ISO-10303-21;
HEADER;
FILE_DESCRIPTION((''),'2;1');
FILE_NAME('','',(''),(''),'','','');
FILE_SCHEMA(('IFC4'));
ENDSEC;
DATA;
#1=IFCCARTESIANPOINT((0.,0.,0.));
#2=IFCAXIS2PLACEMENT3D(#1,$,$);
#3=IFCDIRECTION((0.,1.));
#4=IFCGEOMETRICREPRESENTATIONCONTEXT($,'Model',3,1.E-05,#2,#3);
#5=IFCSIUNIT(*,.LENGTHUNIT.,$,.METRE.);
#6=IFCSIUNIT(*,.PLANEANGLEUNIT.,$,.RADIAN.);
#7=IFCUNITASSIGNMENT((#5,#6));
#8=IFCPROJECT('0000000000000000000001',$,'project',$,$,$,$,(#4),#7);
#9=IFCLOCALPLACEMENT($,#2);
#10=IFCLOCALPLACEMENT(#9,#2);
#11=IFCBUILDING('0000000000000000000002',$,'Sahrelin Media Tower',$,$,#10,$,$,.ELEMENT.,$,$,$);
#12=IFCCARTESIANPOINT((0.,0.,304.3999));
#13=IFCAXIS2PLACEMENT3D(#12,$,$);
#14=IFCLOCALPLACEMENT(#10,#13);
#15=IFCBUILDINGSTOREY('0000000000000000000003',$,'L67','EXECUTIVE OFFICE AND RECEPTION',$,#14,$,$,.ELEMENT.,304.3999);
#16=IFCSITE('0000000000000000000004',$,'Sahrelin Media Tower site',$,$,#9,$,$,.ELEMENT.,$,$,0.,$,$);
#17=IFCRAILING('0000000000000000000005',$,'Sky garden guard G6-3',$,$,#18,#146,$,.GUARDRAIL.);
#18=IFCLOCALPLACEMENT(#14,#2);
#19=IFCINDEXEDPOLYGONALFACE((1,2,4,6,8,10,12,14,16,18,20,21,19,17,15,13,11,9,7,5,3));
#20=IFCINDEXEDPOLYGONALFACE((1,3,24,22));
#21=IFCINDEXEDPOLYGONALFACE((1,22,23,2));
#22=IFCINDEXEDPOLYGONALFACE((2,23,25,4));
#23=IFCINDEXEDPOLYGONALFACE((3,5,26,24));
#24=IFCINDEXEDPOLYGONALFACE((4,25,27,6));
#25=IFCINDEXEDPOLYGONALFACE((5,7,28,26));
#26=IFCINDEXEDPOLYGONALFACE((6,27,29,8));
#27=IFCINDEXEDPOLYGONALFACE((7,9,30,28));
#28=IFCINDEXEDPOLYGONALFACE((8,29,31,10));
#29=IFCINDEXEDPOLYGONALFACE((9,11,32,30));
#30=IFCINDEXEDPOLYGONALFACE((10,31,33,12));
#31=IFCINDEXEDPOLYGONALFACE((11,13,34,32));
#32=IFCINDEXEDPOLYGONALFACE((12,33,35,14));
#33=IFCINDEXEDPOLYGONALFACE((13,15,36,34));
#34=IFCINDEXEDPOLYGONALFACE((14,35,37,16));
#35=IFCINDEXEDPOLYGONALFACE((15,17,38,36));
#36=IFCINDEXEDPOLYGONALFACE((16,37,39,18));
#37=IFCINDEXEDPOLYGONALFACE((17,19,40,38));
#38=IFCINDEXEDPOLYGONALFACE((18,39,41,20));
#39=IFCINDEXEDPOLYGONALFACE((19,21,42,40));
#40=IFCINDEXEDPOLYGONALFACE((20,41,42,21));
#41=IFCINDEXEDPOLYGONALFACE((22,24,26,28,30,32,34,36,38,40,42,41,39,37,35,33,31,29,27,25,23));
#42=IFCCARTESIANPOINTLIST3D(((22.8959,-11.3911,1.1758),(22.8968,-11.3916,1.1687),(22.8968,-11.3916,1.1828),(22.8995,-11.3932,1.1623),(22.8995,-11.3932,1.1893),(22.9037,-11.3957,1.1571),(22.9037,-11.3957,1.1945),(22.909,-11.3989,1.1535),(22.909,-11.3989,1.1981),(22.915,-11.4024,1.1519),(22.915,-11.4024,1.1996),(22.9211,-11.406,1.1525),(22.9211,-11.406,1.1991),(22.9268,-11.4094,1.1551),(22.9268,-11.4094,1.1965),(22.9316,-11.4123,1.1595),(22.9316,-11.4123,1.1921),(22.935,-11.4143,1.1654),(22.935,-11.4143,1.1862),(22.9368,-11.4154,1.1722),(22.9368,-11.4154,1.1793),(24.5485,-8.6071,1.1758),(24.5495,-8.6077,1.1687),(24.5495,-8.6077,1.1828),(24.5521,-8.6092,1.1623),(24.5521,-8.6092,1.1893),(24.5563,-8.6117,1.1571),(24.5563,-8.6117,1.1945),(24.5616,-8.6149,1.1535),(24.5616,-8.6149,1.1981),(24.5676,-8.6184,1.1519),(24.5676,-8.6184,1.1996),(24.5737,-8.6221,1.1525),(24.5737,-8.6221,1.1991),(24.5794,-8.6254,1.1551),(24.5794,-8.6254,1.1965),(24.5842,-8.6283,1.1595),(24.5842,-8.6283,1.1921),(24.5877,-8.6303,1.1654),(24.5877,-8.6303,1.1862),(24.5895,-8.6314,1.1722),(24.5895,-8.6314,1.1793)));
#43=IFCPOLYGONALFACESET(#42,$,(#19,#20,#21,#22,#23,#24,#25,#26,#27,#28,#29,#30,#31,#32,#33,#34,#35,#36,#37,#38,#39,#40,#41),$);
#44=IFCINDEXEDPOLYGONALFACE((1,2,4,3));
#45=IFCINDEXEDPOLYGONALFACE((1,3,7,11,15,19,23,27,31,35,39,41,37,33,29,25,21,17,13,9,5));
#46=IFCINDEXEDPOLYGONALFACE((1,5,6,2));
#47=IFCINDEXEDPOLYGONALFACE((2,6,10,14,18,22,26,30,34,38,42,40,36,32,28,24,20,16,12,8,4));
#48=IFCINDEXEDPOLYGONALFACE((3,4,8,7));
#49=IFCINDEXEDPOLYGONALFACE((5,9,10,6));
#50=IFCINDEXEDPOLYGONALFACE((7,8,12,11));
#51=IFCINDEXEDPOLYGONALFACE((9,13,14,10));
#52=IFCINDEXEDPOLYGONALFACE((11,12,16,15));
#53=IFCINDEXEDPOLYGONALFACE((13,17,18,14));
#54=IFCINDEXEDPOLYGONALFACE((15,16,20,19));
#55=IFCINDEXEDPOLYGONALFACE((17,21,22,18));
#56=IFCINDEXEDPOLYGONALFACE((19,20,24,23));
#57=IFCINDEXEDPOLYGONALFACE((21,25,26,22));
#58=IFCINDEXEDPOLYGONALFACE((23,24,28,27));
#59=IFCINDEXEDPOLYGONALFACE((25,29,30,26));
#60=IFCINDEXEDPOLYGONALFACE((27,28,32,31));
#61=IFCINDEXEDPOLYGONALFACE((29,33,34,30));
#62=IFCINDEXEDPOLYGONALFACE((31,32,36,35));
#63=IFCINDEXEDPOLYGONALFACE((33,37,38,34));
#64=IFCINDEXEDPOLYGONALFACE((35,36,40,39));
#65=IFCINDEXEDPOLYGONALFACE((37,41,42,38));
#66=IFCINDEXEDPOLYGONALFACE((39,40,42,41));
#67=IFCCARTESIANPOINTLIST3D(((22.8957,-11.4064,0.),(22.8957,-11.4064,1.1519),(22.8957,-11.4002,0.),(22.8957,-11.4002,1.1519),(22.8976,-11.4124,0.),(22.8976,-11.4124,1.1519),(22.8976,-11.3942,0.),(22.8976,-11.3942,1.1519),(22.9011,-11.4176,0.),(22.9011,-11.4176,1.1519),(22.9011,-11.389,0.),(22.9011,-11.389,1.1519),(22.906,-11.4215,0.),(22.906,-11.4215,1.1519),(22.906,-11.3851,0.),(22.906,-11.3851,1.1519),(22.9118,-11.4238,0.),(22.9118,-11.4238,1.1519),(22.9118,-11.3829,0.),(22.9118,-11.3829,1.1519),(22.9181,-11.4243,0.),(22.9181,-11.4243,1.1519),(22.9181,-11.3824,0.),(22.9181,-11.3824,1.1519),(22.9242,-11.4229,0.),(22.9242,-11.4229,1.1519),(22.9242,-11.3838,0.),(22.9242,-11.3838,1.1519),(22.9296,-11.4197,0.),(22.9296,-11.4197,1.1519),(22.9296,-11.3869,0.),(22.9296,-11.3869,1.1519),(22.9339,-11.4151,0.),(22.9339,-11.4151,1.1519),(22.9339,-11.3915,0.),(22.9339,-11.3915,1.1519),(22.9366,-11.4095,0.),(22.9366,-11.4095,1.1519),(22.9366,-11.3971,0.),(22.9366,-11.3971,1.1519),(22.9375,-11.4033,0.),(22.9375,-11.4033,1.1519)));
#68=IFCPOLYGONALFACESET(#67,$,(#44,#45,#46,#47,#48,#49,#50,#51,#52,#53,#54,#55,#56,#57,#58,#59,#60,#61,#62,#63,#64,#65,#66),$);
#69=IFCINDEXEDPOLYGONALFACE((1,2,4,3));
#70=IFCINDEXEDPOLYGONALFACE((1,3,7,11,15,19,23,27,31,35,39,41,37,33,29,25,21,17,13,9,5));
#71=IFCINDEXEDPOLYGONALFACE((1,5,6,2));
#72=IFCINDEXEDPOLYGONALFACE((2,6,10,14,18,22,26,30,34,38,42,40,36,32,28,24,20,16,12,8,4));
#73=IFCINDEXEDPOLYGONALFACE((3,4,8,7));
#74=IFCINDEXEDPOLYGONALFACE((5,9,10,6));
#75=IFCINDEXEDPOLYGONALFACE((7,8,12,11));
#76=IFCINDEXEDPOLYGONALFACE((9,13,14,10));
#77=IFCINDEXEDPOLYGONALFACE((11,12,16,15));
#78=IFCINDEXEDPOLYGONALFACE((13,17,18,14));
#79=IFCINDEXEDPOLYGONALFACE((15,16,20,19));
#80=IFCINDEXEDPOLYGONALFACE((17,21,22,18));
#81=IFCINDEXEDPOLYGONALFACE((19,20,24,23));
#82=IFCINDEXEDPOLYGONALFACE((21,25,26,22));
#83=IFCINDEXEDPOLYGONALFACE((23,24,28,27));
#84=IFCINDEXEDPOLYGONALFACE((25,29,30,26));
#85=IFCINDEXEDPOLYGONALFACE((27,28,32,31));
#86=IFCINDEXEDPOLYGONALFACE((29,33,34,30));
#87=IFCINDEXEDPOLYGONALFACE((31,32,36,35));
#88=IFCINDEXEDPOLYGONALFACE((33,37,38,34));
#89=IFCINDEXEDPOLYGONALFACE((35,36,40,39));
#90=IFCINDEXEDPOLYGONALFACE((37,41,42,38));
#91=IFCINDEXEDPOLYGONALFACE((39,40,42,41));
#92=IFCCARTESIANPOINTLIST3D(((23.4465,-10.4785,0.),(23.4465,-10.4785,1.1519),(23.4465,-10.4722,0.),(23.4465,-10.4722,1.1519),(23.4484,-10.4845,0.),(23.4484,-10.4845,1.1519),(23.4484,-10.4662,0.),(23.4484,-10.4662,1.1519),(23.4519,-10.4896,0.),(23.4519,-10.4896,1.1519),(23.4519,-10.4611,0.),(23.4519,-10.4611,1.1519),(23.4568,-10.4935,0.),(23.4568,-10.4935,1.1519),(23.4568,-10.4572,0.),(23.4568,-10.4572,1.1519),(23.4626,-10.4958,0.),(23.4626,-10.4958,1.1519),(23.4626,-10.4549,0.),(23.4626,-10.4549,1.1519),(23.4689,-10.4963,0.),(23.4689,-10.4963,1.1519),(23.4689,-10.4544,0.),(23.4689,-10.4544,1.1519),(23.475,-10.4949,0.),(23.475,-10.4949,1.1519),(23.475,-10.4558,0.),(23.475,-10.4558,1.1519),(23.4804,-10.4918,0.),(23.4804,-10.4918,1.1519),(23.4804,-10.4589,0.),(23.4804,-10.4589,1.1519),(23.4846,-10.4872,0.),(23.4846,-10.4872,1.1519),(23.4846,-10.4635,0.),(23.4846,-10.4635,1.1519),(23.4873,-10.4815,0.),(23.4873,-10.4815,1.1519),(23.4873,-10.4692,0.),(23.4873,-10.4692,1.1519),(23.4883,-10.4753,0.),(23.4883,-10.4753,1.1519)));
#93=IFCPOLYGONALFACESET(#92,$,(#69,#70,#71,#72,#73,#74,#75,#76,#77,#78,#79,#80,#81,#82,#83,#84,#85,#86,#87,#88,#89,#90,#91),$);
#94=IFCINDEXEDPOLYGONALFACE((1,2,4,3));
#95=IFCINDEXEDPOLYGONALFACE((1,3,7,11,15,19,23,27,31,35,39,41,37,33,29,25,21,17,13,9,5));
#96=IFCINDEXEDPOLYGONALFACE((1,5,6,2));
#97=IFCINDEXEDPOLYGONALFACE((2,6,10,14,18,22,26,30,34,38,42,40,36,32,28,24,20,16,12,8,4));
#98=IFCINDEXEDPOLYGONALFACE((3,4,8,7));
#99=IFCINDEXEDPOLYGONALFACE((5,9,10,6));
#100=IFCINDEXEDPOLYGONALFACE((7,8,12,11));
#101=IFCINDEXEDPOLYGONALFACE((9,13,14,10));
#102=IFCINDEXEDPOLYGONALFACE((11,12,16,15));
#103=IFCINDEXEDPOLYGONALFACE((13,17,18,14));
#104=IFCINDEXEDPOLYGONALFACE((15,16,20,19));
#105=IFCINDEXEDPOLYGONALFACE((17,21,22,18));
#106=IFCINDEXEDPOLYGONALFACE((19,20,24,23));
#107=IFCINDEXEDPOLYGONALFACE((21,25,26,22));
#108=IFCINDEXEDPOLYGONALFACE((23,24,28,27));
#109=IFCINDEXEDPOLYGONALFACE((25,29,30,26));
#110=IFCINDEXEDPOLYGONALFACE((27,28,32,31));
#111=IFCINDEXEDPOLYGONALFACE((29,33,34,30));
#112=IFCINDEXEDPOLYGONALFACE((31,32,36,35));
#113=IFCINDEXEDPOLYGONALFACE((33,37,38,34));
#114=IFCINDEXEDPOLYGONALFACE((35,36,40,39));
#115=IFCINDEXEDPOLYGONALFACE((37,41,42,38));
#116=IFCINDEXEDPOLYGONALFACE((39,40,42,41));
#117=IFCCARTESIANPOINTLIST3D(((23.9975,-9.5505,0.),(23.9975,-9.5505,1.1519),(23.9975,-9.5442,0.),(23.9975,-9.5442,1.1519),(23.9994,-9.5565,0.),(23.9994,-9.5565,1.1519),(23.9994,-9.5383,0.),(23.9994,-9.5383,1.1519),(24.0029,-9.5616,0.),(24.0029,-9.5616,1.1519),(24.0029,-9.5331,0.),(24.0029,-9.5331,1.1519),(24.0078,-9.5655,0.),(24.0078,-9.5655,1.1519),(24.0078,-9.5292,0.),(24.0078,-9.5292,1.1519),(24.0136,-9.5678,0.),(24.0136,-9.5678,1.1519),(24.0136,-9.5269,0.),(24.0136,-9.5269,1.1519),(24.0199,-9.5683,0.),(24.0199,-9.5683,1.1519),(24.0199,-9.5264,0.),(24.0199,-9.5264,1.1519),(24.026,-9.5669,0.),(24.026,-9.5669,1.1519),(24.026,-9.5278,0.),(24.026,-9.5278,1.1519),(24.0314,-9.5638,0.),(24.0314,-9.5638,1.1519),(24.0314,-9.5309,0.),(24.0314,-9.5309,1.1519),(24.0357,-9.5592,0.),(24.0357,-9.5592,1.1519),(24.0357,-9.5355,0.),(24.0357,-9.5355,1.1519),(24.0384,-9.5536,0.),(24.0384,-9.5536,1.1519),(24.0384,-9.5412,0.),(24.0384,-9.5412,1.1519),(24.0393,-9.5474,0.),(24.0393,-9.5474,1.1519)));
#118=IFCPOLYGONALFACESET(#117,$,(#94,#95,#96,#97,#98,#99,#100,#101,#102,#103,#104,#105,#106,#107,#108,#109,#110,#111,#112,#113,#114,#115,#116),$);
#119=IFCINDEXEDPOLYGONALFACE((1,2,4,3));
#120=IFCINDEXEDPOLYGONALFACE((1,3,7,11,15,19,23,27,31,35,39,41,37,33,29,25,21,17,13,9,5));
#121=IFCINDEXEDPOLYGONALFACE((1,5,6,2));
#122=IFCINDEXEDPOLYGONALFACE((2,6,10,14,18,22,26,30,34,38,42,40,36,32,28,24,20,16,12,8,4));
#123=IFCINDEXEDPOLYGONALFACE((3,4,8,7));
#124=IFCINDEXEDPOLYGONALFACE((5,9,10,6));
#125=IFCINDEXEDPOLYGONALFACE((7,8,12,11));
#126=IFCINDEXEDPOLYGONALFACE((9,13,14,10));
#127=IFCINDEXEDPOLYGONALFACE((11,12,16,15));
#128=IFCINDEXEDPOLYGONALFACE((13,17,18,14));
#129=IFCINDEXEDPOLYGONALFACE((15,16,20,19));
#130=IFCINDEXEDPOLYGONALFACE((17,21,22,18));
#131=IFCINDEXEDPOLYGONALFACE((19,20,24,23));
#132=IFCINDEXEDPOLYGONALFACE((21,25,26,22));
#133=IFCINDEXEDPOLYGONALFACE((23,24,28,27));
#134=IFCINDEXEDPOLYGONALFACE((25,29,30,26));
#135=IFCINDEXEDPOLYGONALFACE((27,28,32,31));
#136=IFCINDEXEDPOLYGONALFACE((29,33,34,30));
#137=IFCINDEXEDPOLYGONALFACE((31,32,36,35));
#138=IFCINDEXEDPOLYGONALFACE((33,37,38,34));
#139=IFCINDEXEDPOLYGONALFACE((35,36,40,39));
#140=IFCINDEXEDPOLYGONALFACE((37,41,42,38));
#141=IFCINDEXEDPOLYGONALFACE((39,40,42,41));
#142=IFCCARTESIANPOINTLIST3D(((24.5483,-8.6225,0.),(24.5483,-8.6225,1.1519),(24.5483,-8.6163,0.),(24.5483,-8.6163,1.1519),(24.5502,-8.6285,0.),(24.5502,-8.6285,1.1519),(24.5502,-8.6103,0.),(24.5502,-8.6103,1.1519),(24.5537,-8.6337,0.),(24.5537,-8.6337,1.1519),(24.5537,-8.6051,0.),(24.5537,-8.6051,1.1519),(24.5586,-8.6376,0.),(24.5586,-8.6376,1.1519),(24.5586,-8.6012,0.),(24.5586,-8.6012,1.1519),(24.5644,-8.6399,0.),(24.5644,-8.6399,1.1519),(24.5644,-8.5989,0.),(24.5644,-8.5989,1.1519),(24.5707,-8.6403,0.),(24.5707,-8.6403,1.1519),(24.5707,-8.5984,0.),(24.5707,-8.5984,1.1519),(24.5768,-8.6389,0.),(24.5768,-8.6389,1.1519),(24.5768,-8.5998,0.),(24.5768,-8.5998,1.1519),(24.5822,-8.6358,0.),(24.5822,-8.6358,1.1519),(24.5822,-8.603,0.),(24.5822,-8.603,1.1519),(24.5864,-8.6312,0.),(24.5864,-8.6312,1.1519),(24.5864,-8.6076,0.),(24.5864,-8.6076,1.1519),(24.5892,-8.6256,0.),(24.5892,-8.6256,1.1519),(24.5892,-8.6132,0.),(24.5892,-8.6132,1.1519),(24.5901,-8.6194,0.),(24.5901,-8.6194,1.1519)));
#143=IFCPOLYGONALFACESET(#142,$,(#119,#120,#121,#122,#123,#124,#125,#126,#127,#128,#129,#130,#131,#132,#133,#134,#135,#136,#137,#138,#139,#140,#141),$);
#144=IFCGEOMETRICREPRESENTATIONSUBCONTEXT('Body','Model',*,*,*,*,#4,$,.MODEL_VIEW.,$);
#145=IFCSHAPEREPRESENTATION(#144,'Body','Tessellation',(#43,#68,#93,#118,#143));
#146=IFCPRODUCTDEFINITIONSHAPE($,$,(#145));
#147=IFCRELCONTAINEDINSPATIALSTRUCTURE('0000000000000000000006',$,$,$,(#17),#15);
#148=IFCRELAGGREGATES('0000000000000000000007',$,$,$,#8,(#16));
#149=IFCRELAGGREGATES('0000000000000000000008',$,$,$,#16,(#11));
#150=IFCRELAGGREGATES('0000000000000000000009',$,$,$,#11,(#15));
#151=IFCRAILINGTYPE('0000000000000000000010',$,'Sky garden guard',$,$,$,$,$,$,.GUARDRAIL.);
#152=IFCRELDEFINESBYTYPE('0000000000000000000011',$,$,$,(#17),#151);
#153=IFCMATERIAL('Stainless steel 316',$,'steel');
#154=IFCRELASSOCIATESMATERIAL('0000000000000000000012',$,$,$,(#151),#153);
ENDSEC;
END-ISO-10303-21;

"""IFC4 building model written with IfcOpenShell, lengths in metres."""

from ifc_helpers import new_model, si_unit, direction, frame, origin, origin_2d, place, context, subcontext, project, spatial, circle, extrude, material, type_object, element, save


model = new_model("IFC4")

# Units and contexts
model_context = context("Model", 3, precision=1e-05, world=origin(), true_north=direction((0.0, 1.0)))
body_context = subcontext(model_context, "Body", "Model", "MODEL_VIEW")
ifc_project = project(units=[si_unit("LENGTHUNIT", "METRE"), si_unit("PLANEANGLEUNIT", "RADIAN")], contexts=[model_context])

# Site, building, storey
site_placement = place(None, origin())
site = spatial("IfcSite", under=ifc_project, at=site_placement, Name="Sahrelin Media Tower site", CompositionType="ELEMENT", RefElevation=0.0)
building_placement = place(site_placement, origin())
building = spatial("IfcBuilding", under=site, at=building_placement, Name="Sahrelin Media Tower", CompositionType="ELEMENT")
storey_placement = place(building_placement, frame((0.0, 0.0, 304.3999)))
storey = spatial("IfcBuildingStorey", under=building, at=storey_placement, Name="L67", Description="EXECUTIVE OFFICE AND RECEPTION", CompositionType="ELEMENT", Elevation=304.3999)

# Railing
ifc_material_1 = material(Name="Stainless steel 316", Category="steel")
railing_type = type_object("IfcRailingType", Name="Sky garden guard", PredefinedType="GUARDRAIL", material=ifc_material_1)
railing_1_placement = place(storey_placement, frame((22.9165, -11.4033, 0.0)))
element("IfcRailing", 1, at=railing_1_placement, inside=storey, type_object=railing_type, Name="Sky garden guard G6-3", PredefinedType="GUARDRAIL", context=body_context, shape_type="SweptSolid", body=[
    extrude(circle(Radius=0.0239, at=origin_2d()), frame((0.0, 0.0, 1.1758), z_axis=(0.510453, 0.859905, 0.0), x_axis=(-0.859905, 0.510453, 0.0)), (0.0, 0.0, 1.0), 3.2375),
    extrude(circle(Radius=0.021, at=origin_2d()), origin(), (0.0, 0.0, 1.0), 1.1519),
    extrude(circle(Radius=0.021, at=origin_2d()), frame((0.5508, 0.928, 0.0)), (0.0, 0.0, 1.0), 1.1519),
    extrude(circle(Radius=0.021, at=origin_2d()), frame((1.1018, 1.856, 0.0)), (0.0, 0.0, 1.0), 1.1519),
    extrude(circle(Radius=0.021, at=origin_2d()), frame((1.6526, 2.7839, 0.0)), (0.0, 0.0, 1.0), 1.1519),
])

save(model, "model.ifc")
